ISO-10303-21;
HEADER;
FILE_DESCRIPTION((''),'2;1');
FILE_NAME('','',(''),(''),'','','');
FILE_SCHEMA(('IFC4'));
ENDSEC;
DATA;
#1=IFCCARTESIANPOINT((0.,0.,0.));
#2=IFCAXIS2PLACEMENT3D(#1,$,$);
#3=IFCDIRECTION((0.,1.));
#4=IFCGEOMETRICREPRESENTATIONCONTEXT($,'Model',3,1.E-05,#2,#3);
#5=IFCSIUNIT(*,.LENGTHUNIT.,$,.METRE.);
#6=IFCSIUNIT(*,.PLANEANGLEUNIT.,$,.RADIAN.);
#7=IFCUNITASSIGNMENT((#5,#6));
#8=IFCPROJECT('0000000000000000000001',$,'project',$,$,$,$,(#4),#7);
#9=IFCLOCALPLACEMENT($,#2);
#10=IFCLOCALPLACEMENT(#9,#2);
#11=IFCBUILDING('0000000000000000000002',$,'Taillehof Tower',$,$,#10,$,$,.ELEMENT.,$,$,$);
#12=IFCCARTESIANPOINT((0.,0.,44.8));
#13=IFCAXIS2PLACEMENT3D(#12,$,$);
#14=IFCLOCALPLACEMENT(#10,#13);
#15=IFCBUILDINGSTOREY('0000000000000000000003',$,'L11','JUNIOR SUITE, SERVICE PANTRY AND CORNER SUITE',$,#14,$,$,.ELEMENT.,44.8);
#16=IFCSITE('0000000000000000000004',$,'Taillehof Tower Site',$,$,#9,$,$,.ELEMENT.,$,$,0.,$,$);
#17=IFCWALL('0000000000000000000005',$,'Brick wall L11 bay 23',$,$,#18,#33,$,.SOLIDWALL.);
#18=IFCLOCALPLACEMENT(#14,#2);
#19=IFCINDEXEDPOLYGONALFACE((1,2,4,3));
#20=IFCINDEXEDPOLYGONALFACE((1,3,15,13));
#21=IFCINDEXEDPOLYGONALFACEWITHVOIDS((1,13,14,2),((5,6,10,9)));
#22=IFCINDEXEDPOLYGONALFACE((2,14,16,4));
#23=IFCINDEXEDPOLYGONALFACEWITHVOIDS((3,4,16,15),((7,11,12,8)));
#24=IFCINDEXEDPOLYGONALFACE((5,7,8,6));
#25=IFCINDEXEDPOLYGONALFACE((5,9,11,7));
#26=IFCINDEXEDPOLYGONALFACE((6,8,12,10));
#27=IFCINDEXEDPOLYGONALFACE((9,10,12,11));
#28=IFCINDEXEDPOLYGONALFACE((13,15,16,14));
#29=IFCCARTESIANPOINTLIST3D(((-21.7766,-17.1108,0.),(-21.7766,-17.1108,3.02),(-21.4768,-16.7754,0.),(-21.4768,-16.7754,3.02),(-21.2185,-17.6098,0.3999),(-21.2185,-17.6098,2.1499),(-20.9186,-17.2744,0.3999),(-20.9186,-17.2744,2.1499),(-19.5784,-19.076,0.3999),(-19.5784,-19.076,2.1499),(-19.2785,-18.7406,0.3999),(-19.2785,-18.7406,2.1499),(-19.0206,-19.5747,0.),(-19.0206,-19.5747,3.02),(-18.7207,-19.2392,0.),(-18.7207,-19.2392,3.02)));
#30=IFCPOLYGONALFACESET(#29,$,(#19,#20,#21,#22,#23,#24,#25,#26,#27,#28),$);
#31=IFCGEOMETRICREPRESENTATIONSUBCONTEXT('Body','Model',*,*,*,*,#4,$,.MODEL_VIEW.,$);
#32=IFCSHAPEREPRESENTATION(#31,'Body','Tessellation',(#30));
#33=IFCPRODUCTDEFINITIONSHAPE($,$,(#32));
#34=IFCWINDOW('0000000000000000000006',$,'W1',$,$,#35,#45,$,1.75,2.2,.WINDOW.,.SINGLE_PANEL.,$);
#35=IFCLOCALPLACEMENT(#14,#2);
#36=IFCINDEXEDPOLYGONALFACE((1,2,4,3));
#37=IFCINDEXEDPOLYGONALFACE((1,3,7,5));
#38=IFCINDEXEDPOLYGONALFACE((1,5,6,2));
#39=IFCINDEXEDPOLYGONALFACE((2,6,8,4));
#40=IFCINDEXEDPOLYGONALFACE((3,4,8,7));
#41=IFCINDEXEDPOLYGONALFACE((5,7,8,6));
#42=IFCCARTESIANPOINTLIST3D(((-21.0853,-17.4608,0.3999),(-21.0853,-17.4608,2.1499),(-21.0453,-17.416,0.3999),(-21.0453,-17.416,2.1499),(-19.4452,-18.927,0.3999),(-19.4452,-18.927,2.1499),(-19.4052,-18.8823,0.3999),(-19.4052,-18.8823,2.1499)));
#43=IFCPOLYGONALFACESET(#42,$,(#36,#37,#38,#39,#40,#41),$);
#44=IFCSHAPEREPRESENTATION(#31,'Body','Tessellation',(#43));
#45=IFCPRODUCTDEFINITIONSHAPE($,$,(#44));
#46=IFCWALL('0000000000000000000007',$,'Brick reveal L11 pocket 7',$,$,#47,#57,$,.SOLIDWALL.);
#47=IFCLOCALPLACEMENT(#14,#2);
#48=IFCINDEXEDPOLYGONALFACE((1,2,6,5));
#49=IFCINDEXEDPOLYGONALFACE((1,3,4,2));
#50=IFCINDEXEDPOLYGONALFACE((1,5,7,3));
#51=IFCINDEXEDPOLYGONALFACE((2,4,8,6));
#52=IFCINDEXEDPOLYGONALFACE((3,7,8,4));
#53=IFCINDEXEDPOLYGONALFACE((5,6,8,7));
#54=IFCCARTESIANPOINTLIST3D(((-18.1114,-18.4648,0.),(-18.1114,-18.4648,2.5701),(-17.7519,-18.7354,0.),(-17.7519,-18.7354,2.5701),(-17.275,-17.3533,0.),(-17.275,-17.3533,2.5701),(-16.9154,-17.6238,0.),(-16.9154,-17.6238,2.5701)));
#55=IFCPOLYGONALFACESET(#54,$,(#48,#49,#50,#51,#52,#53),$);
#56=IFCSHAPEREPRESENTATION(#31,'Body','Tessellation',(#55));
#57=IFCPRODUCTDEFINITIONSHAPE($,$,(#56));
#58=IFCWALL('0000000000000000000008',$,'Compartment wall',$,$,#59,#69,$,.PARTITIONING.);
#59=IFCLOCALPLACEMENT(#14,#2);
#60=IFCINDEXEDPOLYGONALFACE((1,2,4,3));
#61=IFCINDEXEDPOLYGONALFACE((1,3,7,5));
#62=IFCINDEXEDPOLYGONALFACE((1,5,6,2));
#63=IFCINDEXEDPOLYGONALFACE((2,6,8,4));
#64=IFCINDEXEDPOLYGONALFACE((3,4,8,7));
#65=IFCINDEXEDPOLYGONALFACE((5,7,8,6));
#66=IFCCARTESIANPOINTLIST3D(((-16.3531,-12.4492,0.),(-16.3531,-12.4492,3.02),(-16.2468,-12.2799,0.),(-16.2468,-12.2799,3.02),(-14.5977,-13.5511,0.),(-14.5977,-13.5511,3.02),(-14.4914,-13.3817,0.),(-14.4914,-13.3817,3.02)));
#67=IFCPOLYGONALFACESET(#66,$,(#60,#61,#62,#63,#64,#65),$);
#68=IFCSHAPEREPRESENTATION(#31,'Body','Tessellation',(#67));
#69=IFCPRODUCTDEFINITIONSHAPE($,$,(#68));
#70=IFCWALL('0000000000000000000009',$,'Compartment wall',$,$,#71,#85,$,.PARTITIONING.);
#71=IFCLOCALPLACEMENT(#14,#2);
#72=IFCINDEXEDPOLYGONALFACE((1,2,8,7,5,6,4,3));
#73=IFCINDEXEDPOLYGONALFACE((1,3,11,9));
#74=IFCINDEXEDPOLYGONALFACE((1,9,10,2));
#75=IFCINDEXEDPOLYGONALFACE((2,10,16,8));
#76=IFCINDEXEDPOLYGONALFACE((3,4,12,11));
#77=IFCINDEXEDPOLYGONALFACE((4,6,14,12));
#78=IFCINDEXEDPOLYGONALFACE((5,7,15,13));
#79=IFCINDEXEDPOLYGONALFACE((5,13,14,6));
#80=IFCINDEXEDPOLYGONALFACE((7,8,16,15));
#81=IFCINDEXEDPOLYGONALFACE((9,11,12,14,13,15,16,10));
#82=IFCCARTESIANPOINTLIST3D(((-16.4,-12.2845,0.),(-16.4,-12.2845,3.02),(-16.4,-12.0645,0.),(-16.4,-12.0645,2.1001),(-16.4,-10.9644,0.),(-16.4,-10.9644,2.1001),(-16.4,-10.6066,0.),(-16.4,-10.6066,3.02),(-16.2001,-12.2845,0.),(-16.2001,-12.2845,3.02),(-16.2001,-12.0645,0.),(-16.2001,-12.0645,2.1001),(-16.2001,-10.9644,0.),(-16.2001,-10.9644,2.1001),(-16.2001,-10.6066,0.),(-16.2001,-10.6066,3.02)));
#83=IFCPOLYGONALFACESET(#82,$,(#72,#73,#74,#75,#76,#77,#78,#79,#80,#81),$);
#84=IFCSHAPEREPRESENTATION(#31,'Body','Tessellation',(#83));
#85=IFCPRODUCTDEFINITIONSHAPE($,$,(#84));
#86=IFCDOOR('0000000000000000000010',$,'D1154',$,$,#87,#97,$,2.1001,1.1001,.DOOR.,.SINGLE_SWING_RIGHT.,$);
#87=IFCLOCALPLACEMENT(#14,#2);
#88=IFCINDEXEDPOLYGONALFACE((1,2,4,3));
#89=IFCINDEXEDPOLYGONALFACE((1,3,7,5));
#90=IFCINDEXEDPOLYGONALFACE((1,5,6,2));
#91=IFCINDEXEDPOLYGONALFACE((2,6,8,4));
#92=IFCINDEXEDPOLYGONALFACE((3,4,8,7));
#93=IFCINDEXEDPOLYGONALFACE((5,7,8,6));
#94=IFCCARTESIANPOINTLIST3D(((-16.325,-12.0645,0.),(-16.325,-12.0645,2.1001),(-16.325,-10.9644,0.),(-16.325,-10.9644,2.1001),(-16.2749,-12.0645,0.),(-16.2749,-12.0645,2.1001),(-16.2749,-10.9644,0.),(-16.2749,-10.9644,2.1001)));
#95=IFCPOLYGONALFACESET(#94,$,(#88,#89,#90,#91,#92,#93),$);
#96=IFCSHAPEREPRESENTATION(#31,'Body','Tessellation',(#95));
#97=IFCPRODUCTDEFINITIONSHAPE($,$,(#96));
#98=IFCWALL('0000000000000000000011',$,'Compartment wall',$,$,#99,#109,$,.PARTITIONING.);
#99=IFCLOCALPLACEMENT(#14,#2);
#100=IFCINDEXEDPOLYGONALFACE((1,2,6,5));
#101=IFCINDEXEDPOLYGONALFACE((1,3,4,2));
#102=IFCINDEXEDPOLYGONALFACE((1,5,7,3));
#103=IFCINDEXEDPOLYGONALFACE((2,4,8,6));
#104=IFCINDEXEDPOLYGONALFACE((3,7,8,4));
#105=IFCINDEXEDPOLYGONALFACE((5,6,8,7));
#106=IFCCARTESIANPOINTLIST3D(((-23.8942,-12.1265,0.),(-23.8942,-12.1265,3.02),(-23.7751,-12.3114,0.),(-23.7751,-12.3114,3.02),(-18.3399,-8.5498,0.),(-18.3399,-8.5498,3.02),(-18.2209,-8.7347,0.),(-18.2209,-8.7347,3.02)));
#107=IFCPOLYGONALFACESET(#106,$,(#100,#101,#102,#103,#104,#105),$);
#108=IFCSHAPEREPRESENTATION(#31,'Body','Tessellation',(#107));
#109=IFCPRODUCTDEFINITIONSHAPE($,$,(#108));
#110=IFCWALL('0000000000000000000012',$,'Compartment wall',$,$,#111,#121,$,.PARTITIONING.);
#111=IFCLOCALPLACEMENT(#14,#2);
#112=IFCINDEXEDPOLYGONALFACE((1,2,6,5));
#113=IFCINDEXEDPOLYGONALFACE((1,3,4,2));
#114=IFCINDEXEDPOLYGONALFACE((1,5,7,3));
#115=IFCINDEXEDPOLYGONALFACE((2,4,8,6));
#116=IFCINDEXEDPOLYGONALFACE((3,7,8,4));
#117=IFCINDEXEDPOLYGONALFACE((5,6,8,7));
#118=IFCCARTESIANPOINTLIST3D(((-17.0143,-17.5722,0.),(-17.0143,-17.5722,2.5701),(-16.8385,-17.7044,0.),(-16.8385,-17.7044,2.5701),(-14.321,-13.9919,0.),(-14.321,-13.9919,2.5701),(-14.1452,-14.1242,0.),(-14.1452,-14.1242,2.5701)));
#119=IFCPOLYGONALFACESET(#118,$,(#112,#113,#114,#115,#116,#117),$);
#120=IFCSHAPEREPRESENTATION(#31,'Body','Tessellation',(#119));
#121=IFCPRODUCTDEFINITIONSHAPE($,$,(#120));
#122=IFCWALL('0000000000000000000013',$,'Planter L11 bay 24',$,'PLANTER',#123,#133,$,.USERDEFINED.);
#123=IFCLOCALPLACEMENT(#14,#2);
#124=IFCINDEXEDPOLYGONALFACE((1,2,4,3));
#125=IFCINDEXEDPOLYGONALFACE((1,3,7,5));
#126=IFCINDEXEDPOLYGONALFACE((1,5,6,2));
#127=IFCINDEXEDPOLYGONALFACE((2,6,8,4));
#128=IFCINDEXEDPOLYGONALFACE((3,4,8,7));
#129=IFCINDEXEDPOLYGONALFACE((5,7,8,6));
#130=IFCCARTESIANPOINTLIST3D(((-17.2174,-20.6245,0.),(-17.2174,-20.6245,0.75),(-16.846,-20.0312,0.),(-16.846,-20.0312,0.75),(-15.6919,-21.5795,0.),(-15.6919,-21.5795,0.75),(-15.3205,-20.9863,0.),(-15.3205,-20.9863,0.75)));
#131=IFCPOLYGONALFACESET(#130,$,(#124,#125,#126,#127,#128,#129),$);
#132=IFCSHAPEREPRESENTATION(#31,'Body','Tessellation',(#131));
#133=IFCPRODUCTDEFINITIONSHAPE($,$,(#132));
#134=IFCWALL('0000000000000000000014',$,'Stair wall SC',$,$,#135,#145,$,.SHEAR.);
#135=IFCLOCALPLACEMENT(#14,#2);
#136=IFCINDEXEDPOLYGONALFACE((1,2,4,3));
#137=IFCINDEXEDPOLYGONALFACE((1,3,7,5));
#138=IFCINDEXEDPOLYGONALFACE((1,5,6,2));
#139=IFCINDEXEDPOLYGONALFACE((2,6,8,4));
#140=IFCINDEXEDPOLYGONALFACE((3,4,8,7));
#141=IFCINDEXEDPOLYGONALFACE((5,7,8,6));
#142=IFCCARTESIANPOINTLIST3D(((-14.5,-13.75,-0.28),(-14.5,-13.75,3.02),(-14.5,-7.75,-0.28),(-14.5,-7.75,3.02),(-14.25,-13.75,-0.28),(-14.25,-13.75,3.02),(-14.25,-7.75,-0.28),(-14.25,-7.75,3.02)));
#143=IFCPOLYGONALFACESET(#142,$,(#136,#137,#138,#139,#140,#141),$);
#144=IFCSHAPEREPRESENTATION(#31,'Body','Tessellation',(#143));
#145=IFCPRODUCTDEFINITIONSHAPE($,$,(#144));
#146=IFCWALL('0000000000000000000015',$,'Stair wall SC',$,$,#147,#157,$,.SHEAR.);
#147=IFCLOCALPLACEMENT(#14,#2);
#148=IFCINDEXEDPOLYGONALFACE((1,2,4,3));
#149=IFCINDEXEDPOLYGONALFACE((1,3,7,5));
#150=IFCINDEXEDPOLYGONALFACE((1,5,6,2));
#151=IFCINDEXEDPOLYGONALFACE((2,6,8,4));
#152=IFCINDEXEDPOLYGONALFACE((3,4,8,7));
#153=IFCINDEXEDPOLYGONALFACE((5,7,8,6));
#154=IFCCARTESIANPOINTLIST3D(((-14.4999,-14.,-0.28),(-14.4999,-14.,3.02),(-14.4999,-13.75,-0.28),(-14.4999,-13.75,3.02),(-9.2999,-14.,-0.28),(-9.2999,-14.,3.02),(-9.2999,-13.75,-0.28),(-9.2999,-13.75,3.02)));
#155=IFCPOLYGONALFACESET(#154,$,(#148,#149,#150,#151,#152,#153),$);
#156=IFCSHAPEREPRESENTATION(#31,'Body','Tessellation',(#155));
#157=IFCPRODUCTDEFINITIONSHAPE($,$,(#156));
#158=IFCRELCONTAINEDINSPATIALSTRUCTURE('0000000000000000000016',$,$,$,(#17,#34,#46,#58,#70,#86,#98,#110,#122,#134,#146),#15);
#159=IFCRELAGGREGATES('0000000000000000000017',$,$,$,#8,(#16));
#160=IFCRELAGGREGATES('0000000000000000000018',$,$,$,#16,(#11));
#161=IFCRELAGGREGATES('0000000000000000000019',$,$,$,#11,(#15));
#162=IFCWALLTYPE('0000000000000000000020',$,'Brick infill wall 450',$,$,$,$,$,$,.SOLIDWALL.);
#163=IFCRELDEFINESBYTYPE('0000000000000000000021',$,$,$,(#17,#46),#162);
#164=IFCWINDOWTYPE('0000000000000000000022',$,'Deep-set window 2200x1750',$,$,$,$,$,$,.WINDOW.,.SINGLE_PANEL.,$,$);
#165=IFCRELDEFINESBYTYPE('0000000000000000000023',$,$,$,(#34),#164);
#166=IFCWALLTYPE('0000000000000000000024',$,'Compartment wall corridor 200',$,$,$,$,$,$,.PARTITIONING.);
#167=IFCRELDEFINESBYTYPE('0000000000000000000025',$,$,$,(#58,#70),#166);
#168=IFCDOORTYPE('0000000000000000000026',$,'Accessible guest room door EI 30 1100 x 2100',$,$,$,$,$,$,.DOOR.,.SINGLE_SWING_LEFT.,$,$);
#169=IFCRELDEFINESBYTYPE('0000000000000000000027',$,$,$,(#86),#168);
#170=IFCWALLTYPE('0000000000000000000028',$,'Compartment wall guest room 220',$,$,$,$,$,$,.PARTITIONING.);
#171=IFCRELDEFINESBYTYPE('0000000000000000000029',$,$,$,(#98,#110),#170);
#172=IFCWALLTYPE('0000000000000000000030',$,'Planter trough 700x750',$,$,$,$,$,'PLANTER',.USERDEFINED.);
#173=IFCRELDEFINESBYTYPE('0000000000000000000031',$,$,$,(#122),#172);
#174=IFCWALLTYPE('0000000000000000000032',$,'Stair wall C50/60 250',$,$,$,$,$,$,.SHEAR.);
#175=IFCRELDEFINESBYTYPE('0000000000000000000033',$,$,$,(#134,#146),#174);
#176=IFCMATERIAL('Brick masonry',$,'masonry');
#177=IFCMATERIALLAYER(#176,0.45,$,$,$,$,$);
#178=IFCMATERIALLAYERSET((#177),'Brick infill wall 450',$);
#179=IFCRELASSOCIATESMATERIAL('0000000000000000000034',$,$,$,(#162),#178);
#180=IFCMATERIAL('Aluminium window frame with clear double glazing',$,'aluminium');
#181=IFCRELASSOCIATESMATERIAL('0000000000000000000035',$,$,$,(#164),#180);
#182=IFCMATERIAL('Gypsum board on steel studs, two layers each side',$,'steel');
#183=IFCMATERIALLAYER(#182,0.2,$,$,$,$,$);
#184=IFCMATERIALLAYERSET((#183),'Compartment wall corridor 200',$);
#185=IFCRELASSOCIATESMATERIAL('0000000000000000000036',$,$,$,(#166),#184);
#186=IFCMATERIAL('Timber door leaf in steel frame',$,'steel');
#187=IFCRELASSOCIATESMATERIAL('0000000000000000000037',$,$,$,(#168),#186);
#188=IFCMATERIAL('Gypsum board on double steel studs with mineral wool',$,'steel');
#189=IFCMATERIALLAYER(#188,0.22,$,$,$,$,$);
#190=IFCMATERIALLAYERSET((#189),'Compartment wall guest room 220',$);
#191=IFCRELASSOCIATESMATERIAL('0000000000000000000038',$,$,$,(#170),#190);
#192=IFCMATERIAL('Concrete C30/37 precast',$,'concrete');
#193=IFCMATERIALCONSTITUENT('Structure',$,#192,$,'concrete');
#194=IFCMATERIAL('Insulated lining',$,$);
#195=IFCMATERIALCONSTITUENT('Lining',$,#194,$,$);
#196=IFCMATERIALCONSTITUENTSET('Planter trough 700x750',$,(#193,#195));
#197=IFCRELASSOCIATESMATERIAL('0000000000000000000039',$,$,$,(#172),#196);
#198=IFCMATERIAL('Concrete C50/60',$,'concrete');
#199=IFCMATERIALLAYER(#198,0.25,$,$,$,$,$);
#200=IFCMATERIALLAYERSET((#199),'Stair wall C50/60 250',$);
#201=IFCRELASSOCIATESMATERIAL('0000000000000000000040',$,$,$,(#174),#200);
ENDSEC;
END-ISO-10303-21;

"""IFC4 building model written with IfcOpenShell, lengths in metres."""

from ifc_helpers import new_model, si_unit, direction, frame, frame_2d, origin, place, context, subcontext, project, spatial, rectangle, extrude, material, layer, layer_set, constituent, constituent_set, type_object, element, fill, save


model = new_model("IFC4")

# Units and contexts
model_context = context("Model", 3, precision=1e-05, world=origin(), true_north=direction((0.0, 1.0)))
body_context = subcontext(model_context, "Body", "Model", "MODEL_VIEW")
ifc_project = project(units=[si_unit("LENGTHUNIT", "METRE"), si_unit("PLANEANGLEUNIT", "RADIAN")], contexts=[model_context])

# Site, building, storey
site_placement = place(None, origin())
site = spatial("IfcSite", under=ifc_project, at=site_placement, Name="Taillehof Tower Site", CompositionType="ELEMENT", RefElevation=0.0)
building_placement = place(site_placement, origin())
building = spatial("IfcBuilding", under=site, at=building_placement, Name="Taillehof Tower", CompositionType="ELEMENT")
storey_placement = place(building_placement, frame((0.0, 0.0, 44.8)))
storey = spatial("IfcBuildingStorey", under=building, at=storey_placement, Name="L11", Description="JUNIOR SUITE, SERVICE PANTRY AND CORNER SUITE", CompositionType="ELEMENT", Elevation=44.8)

# Wall, opening, window
ifc_material_1 = material(Name="Brick masonry", Category="masonry")
ifc_layer_1 = layer(ifc_material_1, 0.45)
ifc_layer_set_1 = layer_set([ifc_layer_1], Name="Brick infill wall 450")
wall_type_1 = type_object("IfcWallType", Name="Brick infill wall 450", PredefinedType="SOLIDWALL", material=ifc_layer_set_1)
ifc_material_2 = material(Name="Aluminium window frame with clear double glazing", Category="aluminium")
window_type_1 = type_object("IfcWindowType", Name="Deep-set window 2200x1750", PartitioningType="SINGLE_PANEL", PredefinedType="WINDOW", material=ifc_material_2)
wall_1_placement = place(storey_placement, frame((-21.6267, -16.9431, 0.0), z_axis=(0.0, 0.0, 1.0), x_axis=(0.745526, -0.666476, 0.0)))
wall_1 = element("IfcWall", 1, at=wall_1_placement, inside=storey, type_object=wall_type_1, Name="Brick wall L11 bay 23", PredefinedType="SOLIDWALL", context=body_context, shape_type="SweptSolid", body=[
    extrude(rectangle(XDim=3.6968, YDim=0.45, at=frame_2d((1.8484, 0.0))), origin(), (0.0, 0.0, 1.0), 3.02),
])
opening_1_placement = place(wall_1_placement, frame((0.7485, 0.0, 0.3999)))
opening_1 = element("IfcOpeningElement", 2, at=opening_1_placement, cuts=wall_1, PredefinedType="OPENING", context=body_context, shape_type="SweptSolid", body=[
    extrude(rectangle(XDim=2.2, YDim=1.75, at=frame_2d((1.1001, 0.875))), frame((0.0, 0.2349, 0.0), z_axis=(0.0, -1.0, 0.0), x_axis=(1.0, 0.0, 0.0)), (0.0, 0.0, 1.0), 0.47),
])
window_1_placement = place(opening_1_placement, origin())
window_1 = element("IfcWindow", 3, at=window_1_placement, inside=storey, type_object=window_type_1, Name="W1", OverallHeight=1.75, OverallWidth=2.2, PartitioningType="SINGLE_PANEL", PredefinedType="WINDOW", context=body_context, shape_type="SweptSolid", body=[
    extrude(rectangle(XDim=2.2, YDim=1.75, at=frame_2d((1.1001, 0.875))), frame((0.0, 0.0349, 0.0), z_axis=(0.0, -1.0, 0.0), x_axis=(1.0, 0.0, 0.0)), (0.0, 0.0, 1.0), 0.0601),
])
fill(opening_1, window_1)

# Wall
wall_2_placement = place(storey_placement, frame((-17.9316, -18.6001, 0.0), z_axis=(0.0, 0.0, 1.0), x_axis=(0.601263, 0.799051, 0.0)))
element("IfcWall", 4, at=wall_2_placement, inside=storey, type_object=wall_type_1, Name="Brick reveal L11 pocket 7", PredefinedType="SOLIDWALL", context=body_context, shape_type="SweptSolid", body=[
    extrude(rectangle(XDim=1.3911, YDim=0.45, at=frame_2d((0.6956, 0.0))), origin(), (0.0, 0.0, 1.0), 2.5701),
])

# Wall
ifc_material_3 = material(Name="Gypsum board on steel studs, two layers each side", Category="steel")
ifc_layer_2 = layer(ifc_material_3, 0.2)
ifc_layer_set_2 = layer_set([ifc_layer_2], Name="Compartment wall corridor 200")
wall_type_2 = type_object("IfcWallType", Name="Compartment wall corridor 200", PredefinedType="PARTITIONING", material=ifc_layer_set_2)
wall_3_placement = place(storey_placement, frame((-14.5447, -13.4663, 0.0), z_axis=(0.0, 0.0, 1.0), x_axis=(-0.846978, 0.531629, 0.0)))
element("IfcWall", 5, at=wall_3_placement, inside=storey, type_object=wall_type_2, Name="Compartment wall", PredefinedType="PARTITIONING", context=body_context, shape_type="SweptSolid", body=[
    extrude(rectangle(XDim=2.0725, YDim=0.2, at=frame_2d((1.0361, 0.0))), origin(), (0.0, 0.0, 1.0), 3.02),
])

# Wall, opening, door
wall_4_placement = place(storey_placement, frame((-16.3, -12.2844, 0.0), z_axis=(0.0, 0.0, 1.0), x_axis=(0.0, 1.0, 0.0)))
wall_4 = element("IfcWall", 6, at=wall_4_placement, inside=storey, type_object=wall_type_2, Name="Compartment wall", PredefinedType="PARTITIONING", context=body_context, shape_type="SweptSolid", body=[
    extrude(rectangle(XDim=1.678, YDim=0.2, at=frame_2d((0.8389, 0.0))), origin(), (0.0, 0.0, 1.0), 3.02),
])
opening_2_placement = place(wall_4_placement, frame((0.22, 0.0, 0.0)))
opening_2 = element("IfcOpeningElement", 7, at=opening_2_placement, cuts=wall_4, PredefinedType="OPENING", context=body_context, shape_type="SweptSolid", body=[
    extrude(rectangle(XDim=1.1001, YDim=2.1001, at=frame_2d((0.55, 1.05))), frame((0.0, 0.1099, 0.0), z_axis=(0.0, -1.0, 0.0), x_axis=(1.0, 0.0, 0.0)), (0.0, 0.0, 1.0), 0.22),
])
ifc_material_4 = material(Name="Timber door leaf in steel frame", Category="steel")
door_type_1 = type_object("IfcDoorType", Name="Accessible guest room door EI 30 1100 x 2100", OperationType="SINGLE_SWING_LEFT", PredefinedType="DOOR", material=ifc_material_4)
door_1_placement = place(opening_2_placement, origin())
door_1 = element("IfcDoor", 8, at=door_1_placement, inside=storey, type_object=door_type_1, Name="D1154", OperationType="SINGLE_SWING_RIGHT", OverallHeight=2.1001, OverallWidth=1.1001, PredefinedType="DOOR", context=body_context, shape_type="SweptSolid", body=[
    extrude(rectangle(XDim=1.1001, YDim=2.1001, at=frame_2d((0.55, 1.05))), frame((0.0, 0.0249, 0.0), z_axis=(0.0, -1.0, 0.0), x_axis=(1.0, 0.0, 0.0)), (0.0, 0.0, 1.0), 0.05),
])
fill(opening_2, door_1)

# Walls
ifc_material_5 = material(Name="Gypsum board on double steel studs with mineral wool", Category="steel")
ifc_layer_3 = layer(ifc_material_5, 0.22)
ifc_layer_set_3 = layer_set([ifc_layer_3], Name="Compartment wall guest room 220")
wall_type_3 = type_object("IfcWallType", Name="Compartment wall guest room 220", PredefinedType="PARTITIONING", material=ifc_layer_set_3)
wall_5_placement = place(storey_placement, frame((-23.8347, -12.219, 0.0), z_axis=(0.0, 0.0, 1.0), x_axis=(0.840758, 0.541411, 0.0)))
element("IfcWall", 9, at=wall_5_placement, inside=storey, type_object=wall_type_3, Name="Compartment wall", PredefinedType="PARTITIONING", context=body_context, shape_type="SweptSolid", body=[
    extrude(rectangle(XDim=6.6062, YDim=0.22, at=frame_2d((3.3032, 0.0))), origin(), (0.0, 0.0, 1.0), 3.02),
])
wall_6_placement = place(storey_placement, frame((-16.9265, -17.6384, 0.0), z_axis=(0.0, 0.0, 1.0), x_axis=(0.601159, 0.799129, 0.0)))
element("IfcWall", 10, at=wall_6_placement, inside=storey, type_object=wall_type_3, Name="Compartment wall", PredefinedType="PARTITIONING", context=body_context, shape_type="SweptSolid", body=[
    extrude(rectangle(XDim=4.4802, YDim=0.22, at=frame_2d((2.2402, 0.0))), origin(), (0.0, 0.0, 1.0), 2.5701),
])
ifc_material_6 = material(Name="Concrete C30/37 precast", Category="concrete")
ifc_constituent_1 = constituent(ifc_material_6, Name="Structure", Category="concrete")
ifc_material_7 = material(Name="Insulated lining")
ifc_constituent_2 = constituent(ifc_material_7, Name="Lining")
ifc_constituent_set = constituent_set(constituents=[ifc_constituent_1, ifc_constituent_2], Name="Planter trough 700x750")
wall_type_4 = type_object("IfcWallType", Name="Planter trough 700x750", ElementType="PLANTER", PredefinedType="USERDEFINED", material=ifc_constituent_set)
wall_7_placement = place(storey_placement, frame((-17.0317, -20.3279, 0.0), z_axis=(0.0, 0.0, 1.0), x_axis=(0.847609, -0.530621, 0.0)))
element("IfcWall", 11, at=wall_7_placement, inside=storey, type_object=wall_type_4, Name="Planter L11 bay 24", ObjectType="PLANTER", PredefinedType="USERDEFINED", context=body_context, shape_type="SweptSolid", body=[
    extrude(rectangle(XDim=1.7998, YDim=0.7, at=frame_2d((0.8999, 0.0))), origin(), (0.0, 0.0, 1.0), 0.75),
])
ifc_material_8 = material(Name="Concrete C50/60", Category="concrete")
ifc_layer_4 = layer(ifc_material_8, 0.25)
ifc_layer_set_4 = layer_set([ifc_layer_4], Name="Stair wall C50/60 250")
wall_type_5 = type_object("IfcWallType", Name="Stair wall C50/60 250", PredefinedType="SHEAR", material=ifc_layer_set_4)
wall_8_placement = place(storey_placement, frame((-14.375, -13.75, -0.28), z_axis=(0.0, 0.0, 1.0), x_axis=(0.0, 1.0, 0.0)))
element("IfcWall", 12, at=wall_8_placement, inside=storey, type_object=wall_type_5, Name="Stair wall SC", PredefinedType="SHEAR", context=body_context, shape_type="SweptSolid", body=[
    extrude(rectangle(XDim=6.0, YDim=0.25, at=frame_2d((3.0, 0.0))), origin(), (0.0, 0.0, 1.0), 3.3),
])
wall_9_placement = place(storey_placement, frame((-14.5, -13.875, -0.28), z_axis=(0.0, 0.0, 1.0), x_axis=(1.0, 0.0, 0.0)))
element("IfcWall", 13, at=wall_9_placement, inside=storey, type_object=wall_type_5, Name="Stair wall SC", PredefinedType="SHEAR", context=body_context, shape_type="SweptSolid", body=[
    extrude(rectangle(XDim=5.2, YDim=0.25, at=frame_2d((2.6001, 0.0))), origin(), (0.0, 0.0, 1.0), 3.3),
])

save(model, "model.ifc")
